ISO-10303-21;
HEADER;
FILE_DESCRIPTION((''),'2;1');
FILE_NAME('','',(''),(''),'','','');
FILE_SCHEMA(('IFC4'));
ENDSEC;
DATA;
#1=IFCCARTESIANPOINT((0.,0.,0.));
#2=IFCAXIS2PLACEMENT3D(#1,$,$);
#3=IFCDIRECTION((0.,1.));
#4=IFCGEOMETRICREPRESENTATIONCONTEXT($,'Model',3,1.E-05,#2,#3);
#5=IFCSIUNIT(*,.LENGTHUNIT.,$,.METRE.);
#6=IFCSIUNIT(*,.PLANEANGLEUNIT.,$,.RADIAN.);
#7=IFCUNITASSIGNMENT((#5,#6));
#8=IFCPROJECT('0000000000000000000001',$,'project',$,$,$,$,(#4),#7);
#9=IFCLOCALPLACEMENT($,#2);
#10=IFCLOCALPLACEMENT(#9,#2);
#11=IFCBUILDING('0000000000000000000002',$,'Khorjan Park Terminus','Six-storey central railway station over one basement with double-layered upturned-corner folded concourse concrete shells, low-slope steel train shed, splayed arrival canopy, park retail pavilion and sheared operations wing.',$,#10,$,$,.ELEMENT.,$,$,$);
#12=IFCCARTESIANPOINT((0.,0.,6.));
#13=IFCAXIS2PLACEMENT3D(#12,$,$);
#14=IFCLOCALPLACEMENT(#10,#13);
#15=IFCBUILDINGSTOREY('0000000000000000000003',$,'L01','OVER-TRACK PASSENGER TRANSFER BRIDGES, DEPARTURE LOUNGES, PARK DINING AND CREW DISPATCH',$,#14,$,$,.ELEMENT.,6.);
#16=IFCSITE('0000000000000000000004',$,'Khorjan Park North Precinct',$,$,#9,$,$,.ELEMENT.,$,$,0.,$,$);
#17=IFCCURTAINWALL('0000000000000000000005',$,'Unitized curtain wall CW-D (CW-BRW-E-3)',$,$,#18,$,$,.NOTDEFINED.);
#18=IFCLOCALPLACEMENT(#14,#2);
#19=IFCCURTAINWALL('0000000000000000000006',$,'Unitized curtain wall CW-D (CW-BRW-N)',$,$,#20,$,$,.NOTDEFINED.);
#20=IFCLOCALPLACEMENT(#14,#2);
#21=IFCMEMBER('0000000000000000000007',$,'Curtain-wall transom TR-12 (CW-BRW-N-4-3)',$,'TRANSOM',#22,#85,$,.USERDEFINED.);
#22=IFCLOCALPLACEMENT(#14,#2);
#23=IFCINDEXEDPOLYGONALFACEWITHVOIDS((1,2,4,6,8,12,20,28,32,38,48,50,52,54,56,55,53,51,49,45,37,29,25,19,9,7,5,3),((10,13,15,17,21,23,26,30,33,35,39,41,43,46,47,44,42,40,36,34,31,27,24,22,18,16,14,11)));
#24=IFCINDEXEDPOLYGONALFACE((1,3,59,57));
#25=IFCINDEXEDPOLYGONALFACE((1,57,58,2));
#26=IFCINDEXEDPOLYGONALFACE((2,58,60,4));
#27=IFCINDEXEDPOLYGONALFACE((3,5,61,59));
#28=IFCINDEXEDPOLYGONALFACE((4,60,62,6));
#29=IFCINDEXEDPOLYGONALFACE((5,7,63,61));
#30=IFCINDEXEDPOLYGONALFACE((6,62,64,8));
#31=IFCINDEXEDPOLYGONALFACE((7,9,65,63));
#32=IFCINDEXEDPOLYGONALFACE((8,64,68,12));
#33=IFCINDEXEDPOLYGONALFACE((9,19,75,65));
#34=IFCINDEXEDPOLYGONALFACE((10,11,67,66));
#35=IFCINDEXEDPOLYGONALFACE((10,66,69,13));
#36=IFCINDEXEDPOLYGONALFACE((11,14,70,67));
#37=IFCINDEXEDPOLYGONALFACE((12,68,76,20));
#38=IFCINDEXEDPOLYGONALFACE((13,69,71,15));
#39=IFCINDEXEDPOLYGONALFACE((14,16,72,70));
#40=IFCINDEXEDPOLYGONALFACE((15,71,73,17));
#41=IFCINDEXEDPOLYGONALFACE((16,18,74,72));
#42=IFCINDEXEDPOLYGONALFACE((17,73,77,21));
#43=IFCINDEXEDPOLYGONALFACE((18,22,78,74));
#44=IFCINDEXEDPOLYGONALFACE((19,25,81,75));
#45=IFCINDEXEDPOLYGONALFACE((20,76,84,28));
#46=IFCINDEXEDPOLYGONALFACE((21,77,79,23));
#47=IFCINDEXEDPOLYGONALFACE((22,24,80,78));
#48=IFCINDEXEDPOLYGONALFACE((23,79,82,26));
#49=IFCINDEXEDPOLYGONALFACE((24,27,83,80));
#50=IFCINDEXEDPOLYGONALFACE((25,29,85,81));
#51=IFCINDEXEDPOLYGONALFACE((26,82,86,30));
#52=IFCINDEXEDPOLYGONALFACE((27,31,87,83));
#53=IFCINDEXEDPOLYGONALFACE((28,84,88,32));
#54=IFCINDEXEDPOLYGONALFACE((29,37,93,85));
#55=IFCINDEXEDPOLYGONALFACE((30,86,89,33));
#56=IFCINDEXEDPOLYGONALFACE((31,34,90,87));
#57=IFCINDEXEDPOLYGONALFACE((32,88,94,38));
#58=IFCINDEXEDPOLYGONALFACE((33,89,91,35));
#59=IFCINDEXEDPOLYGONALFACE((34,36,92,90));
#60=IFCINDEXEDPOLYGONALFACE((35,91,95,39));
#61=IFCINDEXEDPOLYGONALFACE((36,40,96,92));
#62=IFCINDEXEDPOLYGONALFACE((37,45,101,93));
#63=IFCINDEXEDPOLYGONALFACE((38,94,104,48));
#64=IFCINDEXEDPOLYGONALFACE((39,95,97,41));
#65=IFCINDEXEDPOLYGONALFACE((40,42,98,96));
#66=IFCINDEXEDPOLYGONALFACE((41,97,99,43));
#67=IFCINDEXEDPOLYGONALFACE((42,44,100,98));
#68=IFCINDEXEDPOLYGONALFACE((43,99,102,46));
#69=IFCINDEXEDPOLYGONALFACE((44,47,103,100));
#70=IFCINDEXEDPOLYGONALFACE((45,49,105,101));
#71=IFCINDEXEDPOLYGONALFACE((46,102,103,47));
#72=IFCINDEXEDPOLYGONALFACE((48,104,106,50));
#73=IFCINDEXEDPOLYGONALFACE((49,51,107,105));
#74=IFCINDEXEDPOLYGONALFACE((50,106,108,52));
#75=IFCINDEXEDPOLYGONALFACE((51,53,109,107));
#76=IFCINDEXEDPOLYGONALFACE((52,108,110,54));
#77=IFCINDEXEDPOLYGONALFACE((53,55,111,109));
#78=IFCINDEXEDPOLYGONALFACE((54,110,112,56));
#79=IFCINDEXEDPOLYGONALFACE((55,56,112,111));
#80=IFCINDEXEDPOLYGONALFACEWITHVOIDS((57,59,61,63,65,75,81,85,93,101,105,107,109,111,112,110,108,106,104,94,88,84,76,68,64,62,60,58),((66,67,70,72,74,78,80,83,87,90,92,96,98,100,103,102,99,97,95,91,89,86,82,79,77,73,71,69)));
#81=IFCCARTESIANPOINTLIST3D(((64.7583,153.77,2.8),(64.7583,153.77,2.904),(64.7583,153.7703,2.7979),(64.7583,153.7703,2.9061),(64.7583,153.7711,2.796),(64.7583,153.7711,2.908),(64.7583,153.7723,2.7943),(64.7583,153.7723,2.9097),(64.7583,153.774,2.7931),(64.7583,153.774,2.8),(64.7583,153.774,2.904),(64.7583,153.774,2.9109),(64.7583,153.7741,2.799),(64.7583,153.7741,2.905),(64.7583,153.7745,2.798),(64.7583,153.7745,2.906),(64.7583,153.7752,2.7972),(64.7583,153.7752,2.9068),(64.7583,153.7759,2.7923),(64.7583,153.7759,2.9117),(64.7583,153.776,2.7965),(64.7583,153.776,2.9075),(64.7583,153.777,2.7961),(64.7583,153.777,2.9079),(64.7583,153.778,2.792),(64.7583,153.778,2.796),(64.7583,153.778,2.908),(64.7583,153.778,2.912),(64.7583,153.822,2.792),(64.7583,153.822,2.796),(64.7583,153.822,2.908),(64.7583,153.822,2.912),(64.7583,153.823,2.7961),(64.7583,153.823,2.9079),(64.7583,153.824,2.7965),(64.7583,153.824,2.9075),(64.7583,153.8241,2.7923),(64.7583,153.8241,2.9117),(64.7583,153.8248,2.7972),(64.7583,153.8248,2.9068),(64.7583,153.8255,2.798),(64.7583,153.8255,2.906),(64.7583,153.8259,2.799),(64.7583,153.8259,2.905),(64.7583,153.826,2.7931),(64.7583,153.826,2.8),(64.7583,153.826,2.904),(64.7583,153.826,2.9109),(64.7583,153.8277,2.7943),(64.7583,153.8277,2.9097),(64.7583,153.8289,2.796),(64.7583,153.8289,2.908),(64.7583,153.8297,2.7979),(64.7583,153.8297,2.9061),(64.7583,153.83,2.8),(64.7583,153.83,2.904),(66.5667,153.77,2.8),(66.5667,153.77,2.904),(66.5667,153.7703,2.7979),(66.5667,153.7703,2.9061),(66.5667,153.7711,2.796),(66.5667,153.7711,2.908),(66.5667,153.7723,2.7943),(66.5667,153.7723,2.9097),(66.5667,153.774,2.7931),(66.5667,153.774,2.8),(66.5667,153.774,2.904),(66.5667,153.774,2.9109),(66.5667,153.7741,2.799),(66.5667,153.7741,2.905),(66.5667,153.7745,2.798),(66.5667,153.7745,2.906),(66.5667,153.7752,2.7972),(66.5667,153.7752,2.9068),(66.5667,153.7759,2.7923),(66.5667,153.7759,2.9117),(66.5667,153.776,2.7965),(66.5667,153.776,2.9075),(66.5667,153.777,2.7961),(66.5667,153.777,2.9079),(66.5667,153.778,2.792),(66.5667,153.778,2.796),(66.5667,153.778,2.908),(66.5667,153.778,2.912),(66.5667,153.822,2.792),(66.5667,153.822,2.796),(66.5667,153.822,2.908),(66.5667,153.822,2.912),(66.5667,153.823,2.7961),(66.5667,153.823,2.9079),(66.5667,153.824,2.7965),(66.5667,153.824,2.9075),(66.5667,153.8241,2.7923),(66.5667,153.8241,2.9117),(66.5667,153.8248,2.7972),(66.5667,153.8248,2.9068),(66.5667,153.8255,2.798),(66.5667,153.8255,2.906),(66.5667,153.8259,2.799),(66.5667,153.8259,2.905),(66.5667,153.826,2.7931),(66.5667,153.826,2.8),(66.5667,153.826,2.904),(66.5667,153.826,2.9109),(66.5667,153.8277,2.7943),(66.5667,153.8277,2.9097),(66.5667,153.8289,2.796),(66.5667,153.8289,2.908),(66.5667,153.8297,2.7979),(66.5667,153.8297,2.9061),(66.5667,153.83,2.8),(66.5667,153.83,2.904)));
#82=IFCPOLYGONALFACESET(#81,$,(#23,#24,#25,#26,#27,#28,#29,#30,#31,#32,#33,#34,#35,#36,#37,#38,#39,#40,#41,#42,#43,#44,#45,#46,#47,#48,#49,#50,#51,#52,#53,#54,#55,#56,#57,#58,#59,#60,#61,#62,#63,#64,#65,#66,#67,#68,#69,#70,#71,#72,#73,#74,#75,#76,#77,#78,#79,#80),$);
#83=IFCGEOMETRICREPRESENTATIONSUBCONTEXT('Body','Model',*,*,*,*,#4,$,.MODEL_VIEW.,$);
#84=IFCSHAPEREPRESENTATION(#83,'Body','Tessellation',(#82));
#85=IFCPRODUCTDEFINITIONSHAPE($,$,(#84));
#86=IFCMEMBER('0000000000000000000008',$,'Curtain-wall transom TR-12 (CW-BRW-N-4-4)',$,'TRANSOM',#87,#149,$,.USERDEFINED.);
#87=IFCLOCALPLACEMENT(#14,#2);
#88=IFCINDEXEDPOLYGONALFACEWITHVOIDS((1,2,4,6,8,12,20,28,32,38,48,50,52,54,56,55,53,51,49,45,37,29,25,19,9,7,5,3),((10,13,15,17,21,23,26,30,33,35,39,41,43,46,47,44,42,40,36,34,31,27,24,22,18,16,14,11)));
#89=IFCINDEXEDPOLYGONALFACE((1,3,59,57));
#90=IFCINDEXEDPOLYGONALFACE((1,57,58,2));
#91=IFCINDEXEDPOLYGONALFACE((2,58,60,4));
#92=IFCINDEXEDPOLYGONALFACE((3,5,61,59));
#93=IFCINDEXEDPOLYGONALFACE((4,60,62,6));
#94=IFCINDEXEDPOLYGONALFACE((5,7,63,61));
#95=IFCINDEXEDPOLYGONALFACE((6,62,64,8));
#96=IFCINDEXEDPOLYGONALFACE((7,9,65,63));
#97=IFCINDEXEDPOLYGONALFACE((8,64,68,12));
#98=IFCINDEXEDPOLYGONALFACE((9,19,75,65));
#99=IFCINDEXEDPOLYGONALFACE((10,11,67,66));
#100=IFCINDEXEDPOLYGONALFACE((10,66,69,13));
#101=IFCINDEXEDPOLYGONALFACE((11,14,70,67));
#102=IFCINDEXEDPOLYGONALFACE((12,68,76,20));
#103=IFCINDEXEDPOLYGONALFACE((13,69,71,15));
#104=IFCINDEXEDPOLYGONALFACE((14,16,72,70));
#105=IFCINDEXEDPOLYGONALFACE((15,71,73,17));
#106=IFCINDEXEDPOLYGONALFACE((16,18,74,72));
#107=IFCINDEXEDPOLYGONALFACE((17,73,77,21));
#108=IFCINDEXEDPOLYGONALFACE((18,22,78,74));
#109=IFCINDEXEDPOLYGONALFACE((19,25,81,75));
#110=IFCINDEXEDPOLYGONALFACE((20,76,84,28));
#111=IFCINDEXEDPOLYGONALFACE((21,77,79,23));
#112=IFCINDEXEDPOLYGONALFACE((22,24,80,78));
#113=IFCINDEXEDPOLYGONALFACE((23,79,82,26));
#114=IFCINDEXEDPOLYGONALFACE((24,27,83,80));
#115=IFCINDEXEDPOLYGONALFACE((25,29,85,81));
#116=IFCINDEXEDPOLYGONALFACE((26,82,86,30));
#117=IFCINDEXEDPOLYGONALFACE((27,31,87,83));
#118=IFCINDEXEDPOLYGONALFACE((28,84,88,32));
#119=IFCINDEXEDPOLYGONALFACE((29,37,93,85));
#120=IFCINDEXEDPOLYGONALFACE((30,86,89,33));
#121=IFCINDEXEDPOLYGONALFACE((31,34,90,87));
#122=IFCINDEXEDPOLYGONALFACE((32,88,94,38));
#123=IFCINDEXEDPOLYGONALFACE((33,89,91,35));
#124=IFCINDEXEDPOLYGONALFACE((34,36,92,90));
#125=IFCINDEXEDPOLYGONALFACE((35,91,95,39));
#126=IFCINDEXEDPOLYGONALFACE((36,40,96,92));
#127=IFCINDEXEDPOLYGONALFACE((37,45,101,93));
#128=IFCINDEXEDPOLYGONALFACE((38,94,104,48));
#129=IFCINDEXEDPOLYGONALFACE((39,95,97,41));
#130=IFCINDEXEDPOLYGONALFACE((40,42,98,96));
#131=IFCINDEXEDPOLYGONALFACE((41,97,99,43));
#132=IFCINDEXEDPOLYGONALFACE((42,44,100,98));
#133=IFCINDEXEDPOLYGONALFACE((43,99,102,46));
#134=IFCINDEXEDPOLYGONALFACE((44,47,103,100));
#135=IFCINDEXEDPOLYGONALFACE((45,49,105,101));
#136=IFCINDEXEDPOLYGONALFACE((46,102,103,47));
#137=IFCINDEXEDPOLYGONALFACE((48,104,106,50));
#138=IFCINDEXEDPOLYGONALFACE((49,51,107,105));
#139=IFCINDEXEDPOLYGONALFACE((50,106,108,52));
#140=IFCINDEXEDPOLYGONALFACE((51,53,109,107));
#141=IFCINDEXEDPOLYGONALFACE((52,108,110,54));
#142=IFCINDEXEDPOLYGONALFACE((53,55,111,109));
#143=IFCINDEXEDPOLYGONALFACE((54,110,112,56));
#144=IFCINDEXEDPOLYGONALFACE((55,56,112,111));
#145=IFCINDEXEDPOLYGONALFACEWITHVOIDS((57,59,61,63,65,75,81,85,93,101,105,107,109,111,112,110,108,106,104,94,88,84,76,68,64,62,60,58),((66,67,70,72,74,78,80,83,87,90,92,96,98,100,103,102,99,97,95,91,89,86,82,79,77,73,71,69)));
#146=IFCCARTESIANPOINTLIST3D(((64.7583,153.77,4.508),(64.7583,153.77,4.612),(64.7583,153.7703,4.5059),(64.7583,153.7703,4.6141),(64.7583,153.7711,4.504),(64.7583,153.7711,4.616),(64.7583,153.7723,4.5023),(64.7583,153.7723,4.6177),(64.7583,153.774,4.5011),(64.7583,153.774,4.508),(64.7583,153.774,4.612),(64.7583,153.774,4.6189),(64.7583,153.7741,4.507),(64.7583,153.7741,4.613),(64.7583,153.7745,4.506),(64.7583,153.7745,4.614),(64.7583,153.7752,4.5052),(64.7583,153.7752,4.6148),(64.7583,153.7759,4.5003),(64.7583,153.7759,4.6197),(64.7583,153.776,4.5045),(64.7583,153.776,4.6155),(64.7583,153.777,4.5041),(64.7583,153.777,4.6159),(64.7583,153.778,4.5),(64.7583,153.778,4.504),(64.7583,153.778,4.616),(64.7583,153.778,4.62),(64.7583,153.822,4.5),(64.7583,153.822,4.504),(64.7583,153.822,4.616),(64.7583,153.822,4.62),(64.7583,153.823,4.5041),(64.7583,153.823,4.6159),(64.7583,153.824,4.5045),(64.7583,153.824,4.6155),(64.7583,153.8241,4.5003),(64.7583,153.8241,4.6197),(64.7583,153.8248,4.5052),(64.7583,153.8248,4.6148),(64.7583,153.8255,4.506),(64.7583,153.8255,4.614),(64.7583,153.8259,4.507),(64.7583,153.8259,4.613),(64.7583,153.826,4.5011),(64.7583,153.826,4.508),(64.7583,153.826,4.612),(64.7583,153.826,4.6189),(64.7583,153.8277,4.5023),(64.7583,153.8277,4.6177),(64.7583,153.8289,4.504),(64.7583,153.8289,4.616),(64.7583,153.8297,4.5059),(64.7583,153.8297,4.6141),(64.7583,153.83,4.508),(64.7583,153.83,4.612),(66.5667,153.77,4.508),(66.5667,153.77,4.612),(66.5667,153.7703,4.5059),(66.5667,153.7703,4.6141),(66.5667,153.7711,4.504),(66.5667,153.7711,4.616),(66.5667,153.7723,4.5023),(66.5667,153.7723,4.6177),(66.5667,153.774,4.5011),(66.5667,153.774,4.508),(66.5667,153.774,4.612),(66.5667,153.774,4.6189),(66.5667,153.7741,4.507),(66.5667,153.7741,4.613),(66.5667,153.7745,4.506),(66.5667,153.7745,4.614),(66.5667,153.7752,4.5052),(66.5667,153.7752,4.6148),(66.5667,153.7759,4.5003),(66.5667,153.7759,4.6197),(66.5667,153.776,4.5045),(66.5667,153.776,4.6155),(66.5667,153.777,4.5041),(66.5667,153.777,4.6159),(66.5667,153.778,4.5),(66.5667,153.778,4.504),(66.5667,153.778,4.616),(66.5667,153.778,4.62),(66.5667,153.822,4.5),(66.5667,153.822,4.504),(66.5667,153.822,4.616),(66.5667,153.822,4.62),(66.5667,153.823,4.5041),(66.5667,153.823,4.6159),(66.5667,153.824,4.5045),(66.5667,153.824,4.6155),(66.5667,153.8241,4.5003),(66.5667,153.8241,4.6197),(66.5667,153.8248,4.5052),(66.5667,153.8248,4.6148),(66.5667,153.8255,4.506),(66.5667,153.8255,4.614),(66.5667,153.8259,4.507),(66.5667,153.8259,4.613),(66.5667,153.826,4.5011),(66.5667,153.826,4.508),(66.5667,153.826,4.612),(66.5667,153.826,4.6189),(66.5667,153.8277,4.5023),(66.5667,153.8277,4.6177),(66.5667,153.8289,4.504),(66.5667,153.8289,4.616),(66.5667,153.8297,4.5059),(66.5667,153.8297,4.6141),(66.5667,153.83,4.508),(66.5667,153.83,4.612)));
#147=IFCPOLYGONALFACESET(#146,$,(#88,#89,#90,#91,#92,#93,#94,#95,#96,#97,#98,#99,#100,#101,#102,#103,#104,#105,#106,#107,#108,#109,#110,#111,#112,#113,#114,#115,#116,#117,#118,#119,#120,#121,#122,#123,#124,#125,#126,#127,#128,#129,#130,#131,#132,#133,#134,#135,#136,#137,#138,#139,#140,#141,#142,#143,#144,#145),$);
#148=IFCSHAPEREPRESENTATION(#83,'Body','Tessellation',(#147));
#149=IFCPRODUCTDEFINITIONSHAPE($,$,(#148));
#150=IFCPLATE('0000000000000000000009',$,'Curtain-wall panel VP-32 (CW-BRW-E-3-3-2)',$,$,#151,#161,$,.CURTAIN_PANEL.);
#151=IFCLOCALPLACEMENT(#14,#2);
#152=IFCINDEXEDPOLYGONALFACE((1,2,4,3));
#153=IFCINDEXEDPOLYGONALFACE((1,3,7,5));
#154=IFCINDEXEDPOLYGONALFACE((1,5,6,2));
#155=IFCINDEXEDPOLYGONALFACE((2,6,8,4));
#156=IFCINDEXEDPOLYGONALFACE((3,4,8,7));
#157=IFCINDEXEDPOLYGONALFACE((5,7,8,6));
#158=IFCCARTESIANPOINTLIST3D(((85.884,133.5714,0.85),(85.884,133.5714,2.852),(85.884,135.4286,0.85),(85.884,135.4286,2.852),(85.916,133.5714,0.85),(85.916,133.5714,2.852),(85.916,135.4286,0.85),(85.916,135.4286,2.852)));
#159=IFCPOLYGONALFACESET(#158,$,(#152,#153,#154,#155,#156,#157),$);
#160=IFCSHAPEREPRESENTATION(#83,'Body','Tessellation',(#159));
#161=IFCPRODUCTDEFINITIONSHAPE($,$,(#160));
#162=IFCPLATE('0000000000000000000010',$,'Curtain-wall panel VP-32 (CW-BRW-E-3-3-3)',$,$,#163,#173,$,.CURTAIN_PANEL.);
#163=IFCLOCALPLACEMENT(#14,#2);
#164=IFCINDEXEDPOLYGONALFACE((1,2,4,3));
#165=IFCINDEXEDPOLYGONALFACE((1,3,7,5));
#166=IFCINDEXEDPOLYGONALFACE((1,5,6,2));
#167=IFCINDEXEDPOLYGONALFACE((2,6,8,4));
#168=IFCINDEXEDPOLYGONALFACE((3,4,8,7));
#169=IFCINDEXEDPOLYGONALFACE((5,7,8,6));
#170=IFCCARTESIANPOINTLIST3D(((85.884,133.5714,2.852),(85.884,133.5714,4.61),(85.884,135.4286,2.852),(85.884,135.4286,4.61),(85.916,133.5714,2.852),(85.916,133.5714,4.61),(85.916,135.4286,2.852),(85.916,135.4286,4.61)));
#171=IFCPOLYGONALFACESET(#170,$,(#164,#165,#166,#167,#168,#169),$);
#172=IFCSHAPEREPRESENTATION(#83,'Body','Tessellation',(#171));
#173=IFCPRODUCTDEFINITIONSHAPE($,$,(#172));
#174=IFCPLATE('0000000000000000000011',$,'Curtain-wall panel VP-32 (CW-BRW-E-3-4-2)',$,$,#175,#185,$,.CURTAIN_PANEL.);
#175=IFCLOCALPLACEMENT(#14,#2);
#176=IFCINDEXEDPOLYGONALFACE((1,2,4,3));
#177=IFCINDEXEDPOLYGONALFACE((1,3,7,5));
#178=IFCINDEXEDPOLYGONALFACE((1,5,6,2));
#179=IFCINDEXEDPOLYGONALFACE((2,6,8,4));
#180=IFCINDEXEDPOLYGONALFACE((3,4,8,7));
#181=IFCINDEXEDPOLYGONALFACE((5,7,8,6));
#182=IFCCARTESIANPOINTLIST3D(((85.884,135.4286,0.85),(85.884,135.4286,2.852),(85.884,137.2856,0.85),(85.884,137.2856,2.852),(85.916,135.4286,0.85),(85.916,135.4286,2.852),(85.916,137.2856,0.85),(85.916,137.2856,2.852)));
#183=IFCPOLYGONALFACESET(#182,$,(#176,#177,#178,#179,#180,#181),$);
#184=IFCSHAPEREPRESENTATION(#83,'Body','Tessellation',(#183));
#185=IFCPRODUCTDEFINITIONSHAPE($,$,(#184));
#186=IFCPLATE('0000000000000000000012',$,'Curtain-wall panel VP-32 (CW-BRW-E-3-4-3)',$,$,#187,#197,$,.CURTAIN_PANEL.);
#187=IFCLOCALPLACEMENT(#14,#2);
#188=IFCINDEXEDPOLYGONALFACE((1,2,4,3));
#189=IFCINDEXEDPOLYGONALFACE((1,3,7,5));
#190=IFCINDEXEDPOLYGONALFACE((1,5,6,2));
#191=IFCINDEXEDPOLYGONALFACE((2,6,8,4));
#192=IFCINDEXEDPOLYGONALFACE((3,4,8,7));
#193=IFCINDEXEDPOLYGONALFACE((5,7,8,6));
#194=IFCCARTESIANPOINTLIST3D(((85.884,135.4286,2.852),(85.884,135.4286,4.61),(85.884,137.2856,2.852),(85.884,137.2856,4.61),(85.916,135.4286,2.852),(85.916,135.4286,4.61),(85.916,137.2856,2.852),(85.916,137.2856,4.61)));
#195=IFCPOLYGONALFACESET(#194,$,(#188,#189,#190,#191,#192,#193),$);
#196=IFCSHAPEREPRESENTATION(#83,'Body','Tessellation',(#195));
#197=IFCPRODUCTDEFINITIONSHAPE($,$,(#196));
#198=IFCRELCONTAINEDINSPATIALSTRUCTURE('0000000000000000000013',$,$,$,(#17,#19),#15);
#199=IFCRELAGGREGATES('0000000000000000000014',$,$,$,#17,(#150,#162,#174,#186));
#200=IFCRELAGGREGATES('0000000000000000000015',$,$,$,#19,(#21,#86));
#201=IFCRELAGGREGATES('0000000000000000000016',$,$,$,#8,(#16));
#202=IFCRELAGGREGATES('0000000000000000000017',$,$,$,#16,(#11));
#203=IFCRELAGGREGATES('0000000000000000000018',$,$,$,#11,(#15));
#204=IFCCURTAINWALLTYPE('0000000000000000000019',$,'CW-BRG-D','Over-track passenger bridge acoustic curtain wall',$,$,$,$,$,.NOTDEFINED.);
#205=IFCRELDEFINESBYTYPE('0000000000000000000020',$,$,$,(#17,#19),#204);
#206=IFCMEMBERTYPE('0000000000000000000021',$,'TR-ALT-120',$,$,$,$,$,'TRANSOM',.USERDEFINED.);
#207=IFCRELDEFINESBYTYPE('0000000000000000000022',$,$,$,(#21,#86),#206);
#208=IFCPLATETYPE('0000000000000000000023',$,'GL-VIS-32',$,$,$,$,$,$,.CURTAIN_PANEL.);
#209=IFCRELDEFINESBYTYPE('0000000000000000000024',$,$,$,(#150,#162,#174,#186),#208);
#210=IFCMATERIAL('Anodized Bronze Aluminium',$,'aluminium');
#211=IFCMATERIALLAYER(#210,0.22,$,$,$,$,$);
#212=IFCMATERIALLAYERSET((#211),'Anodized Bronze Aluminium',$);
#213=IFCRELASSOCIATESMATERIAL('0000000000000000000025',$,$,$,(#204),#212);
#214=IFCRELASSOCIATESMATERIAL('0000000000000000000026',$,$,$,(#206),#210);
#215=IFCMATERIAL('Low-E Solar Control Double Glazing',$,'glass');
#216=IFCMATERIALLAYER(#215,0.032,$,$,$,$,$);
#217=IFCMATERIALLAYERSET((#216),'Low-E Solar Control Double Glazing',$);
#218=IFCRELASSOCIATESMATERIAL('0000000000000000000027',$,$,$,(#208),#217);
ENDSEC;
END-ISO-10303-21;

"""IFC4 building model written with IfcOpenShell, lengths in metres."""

from ifc_helpers import new_model, si_unit, direction, frame, origin, origin_2d, place, context, subcontext, project, spatial, rectangle, hollow_rectangle, extrude, material, layer, layer_set, material_profile, profile_set, type_object, element, aggregate, save


model = new_model("IFC4")

# Units and contexts
model_context = context("Model", 3, precision=1e-05, world=origin(), true_north=direction((0.0, 1.0)))
body_context = subcontext(model_context, "Body", "Model", "MODEL_VIEW")
ifc_project = project(units=[si_unit("LENGTHUNIT", "METRE"), si_unit("PLANEANGLEUNIT", "RADIAN")], contexts=[model_context])

# Site, building, storey
site_placement = place(None, origin())
site = spatial("IfcSite", under=ifc_project, at=site_placement, Name="Khorjan Park North Precinct", CompositionType="ELEMENT", RefElevation=0.0)
building_placement = place(site_placement, origin())
building = spatial("IfcBuilding", under=site, at=building_placement, Name="Khorjan Park Terminus", Description="Six-storey central railway station over one basement with double-layered upturned-corner folded concourse concrete shells, low-slope steel train shed, splayed arrival canopy, park retail pavilion and sheared operations wing.", CompositionType="ELEMENT")
storey_placement = place(building_placement, frame((0.0, 0.0, 6.0)))
storey = spatial("IfcBuildingStorey", under=building, at=storey_placement, Name="L01", Description="OVER-TRACK PASSENGER TRANSFER BRIDGES, DEPARTURE LOUNGES, PARK DINING AND CREW DISPATCH", CompositionType="ELEMENT", Elevation=6.0)

# Curtain walls, members
ifc_material_1 = material(Name="Anodized Bronze Aluminium", Category="aluminium")
ifc_layer_1 = layer(ifc_material_1, 0.22)
ifc_layer_set_1 = layer_set([ifc_layer_1], Name="Anodized Bronze Aluminium")
curtain_wall_type = type_object("IfcCurtainWallType", Name="CW-BRG-D", Description="Over-track passenger bridge acoustic curtain wall", PredefinedType="NOTDEFINED", material=ifc_layer_set_1)
curtain_wall_1_placement = place(storey_placement, origin())
curtain_wall_1 = element("IfcCurtainWall", 1, at=curtain_wall_1_placement, inside=storey, type_object=curtain_wall_type, Name="Unitized curtain wall CW-D (CW-BRW-E-3)", PredefinedType="NOTDEFINED")
ifc_material_profile_1 = material_profile(ifc_material_1, hollow_rectangle(XDim=0.06, YDim=0.12, WallThickness=0.004, InnerFilletRadius=0.004, OuterFilletRadius=0.008, at=origin_2d()), Name="ALT 60x120x4")
ifc_profile_set_1 = profile_set([ifc_material_profile_1], Name="Anodized Bronze Aluminium")
member_type_1 = type_object("IfcMemberType", Name="TR-ALT-120", ElementType="TRANSOM", PredefinedType="USERDEFINED", material=ifc_profile_set_1)
curtain_wall_2_placement = place(storey_placement, origin())
curtain_wall_2 = element("IfcCurtainWall", 2, at=curtain_wall_2_placement, inside=storey, type_object=curtain_wall_type, Name="Unitized curtain wall CW-D (CW-BRW-N)", PredefinedType="NOTDEFINED")
member_1_placement = place(storey_placement, frame((66.5667, 153.8, 2.852), z_axis=(-1.0, 0.0, 0.0), x_axis=(0.0, -1.0, 0.0)))
member_1 = element("IfcMember", 3, at=member_1_placement, type_object=member_type_1, Name="Curtain-wall transom TR-12 (CW-BRW-N-4-3)", ObjectType="TRANSOM", PredefinedType="USERDEFINED", context=body_context, shape_type="SweptSolid", body=[
    extrude(hollow_rectangle(XDim=0.06, YDim=0.12, WallThickness=0.004, InnerFilletRadius=0.004, OuterFilletRadius=0.008, at=origin_2d()), origin(), (0.0, 0.0, 1.0), 1.8084),
])
member_2_placement = place(storey_placement, frame((66.5667, 153.8, 4.56), z_axis=(-1.0, 0.0, 0.0), x_axis=(0.0, -1.0, 0.0)))
member_2 = element("IfcMember", 4, at=member_2_placement, type_object=member_type_1, Name="Curtain-wall transom TR-12 (CW-BRW-N-4-4)", ObjectType="TRANSOM", PredefinedType="USERDEFINED", context=body_context, shape_type="SweptSolid", body=[
    extrude(hollow_rectangle(XDim=0.06, YDim=0.12, WallThickness=0.004, InnerFilletRadius=0.004, OuterFilletRadius=0.008, at=origin_2d()), origin(), (0.0, 0.0, 1.0), 1.8084),
])

# Plates
ifc_material_2 = material(Name="Low-E Solar Control Double Glazing", Category="glass")
ifc_layer_2 = layer(ifc_material_2, 0.032)
ifc_layer_set_2 = layer_set([ifc_layer_2], Name="Low-E Solar Control Double Glazing")
plate_type_1 = type_object("IfcPlateType", Name="GL-VIS-32", PredefinedType="CURTAIN_PANEL", material=ifc_layer_set_2)
plate_1_placement = place(storey_placement, frame((85.9, 134.5, 0.85), z_axis=(0.0, 0.0, 1.0), x_axis=(0.0, 1.0, 0.0)))
plate_1 = element("IfcPlate", 5, at=plate_1_placement, type_object=plate_type_1, Name="Curtain-wall panel VP-32 (CW-BRW-E-3-3-2)", PredefinedType="CURTAIN_PANEL", context=body_context, shape_type="SweptSolid", body=[
    extrude(rectangle(XDim=1.8571, YDim=0.032, at=origin_2d()), origin(), (0.0, 0.0, 1.0), 2.002),
])
plate_2_placement = place(storey_placement, frame((85.9, 134.5, 2.852), z_axis=(0.0, 0.0, 1.0), x_axis=(0.0, 1.0, 0.0)))
plate_2 = element("IfcPlate", 6, at=plate_2_placement, type_object=plate_type_1, Name="Curtain-wall panel VP-32 (CW-BRW-E-3-3-3)", PredefinedType="CURTAIN_PANEL", context=body_context, shape_type="SweptSolid", body=[
    extrude(rectangle(XDim=1.8571, YDim=0.032, at=origin_2d()), origin(), (0.0, 0.0, 1.0), 1.758),
])
plate_3_placement = place(storey_placement, frame((85.9, 136.3571, 0.85), z_axis=(0.0, 0.0, 1.0), x_axis=(0.0, 1.0, 0.0)))
plate_3 = element("IfcPlate", 7, at=plate_3_placement, type_object=plate_type_1, Name="Curtain-wall panel VP-32 (CW-BRW-E-3-4-2)", PredefinedType="CURTAIN_PANEL", context=body_context, shape_type="SweptSolid", body=[
    extrude(rectangle(XDim=1.8571, YDim=0.032, at=origin_2d()), origin(), (0.0, 0.0, 1.0), 2.002),
])
plate_4_placement = place(storey_placement, frame((85.9, 136.3571, 2.852), z_axis=(0.0, 0.0, 1.0), x_axis=(0.0, 1.0, 0.0)))
plate_4 = element("IfcPlate", 8, at=plate_4_placement, type_object=plate_type_1, Name="Curtain-wall panel VP-32 (CW-BRW-E-3-4-3)", PredefinedType="CURTAIN_PANEL", context=body_context, shape_type="SweptSolid", body=[
    extrude(rectangle(XDim=1.8571, YDim=0.032, at=origin_2d()), origin(), (0.0, 0.0, 1.0), 1.758),
])
aggregate(curtain_wall_1, [plate_1, plate_2, plate_3, plate_4])
aggregate(curtain_wall_2, [member_1, member_2])

save(model, "model.ifc")
